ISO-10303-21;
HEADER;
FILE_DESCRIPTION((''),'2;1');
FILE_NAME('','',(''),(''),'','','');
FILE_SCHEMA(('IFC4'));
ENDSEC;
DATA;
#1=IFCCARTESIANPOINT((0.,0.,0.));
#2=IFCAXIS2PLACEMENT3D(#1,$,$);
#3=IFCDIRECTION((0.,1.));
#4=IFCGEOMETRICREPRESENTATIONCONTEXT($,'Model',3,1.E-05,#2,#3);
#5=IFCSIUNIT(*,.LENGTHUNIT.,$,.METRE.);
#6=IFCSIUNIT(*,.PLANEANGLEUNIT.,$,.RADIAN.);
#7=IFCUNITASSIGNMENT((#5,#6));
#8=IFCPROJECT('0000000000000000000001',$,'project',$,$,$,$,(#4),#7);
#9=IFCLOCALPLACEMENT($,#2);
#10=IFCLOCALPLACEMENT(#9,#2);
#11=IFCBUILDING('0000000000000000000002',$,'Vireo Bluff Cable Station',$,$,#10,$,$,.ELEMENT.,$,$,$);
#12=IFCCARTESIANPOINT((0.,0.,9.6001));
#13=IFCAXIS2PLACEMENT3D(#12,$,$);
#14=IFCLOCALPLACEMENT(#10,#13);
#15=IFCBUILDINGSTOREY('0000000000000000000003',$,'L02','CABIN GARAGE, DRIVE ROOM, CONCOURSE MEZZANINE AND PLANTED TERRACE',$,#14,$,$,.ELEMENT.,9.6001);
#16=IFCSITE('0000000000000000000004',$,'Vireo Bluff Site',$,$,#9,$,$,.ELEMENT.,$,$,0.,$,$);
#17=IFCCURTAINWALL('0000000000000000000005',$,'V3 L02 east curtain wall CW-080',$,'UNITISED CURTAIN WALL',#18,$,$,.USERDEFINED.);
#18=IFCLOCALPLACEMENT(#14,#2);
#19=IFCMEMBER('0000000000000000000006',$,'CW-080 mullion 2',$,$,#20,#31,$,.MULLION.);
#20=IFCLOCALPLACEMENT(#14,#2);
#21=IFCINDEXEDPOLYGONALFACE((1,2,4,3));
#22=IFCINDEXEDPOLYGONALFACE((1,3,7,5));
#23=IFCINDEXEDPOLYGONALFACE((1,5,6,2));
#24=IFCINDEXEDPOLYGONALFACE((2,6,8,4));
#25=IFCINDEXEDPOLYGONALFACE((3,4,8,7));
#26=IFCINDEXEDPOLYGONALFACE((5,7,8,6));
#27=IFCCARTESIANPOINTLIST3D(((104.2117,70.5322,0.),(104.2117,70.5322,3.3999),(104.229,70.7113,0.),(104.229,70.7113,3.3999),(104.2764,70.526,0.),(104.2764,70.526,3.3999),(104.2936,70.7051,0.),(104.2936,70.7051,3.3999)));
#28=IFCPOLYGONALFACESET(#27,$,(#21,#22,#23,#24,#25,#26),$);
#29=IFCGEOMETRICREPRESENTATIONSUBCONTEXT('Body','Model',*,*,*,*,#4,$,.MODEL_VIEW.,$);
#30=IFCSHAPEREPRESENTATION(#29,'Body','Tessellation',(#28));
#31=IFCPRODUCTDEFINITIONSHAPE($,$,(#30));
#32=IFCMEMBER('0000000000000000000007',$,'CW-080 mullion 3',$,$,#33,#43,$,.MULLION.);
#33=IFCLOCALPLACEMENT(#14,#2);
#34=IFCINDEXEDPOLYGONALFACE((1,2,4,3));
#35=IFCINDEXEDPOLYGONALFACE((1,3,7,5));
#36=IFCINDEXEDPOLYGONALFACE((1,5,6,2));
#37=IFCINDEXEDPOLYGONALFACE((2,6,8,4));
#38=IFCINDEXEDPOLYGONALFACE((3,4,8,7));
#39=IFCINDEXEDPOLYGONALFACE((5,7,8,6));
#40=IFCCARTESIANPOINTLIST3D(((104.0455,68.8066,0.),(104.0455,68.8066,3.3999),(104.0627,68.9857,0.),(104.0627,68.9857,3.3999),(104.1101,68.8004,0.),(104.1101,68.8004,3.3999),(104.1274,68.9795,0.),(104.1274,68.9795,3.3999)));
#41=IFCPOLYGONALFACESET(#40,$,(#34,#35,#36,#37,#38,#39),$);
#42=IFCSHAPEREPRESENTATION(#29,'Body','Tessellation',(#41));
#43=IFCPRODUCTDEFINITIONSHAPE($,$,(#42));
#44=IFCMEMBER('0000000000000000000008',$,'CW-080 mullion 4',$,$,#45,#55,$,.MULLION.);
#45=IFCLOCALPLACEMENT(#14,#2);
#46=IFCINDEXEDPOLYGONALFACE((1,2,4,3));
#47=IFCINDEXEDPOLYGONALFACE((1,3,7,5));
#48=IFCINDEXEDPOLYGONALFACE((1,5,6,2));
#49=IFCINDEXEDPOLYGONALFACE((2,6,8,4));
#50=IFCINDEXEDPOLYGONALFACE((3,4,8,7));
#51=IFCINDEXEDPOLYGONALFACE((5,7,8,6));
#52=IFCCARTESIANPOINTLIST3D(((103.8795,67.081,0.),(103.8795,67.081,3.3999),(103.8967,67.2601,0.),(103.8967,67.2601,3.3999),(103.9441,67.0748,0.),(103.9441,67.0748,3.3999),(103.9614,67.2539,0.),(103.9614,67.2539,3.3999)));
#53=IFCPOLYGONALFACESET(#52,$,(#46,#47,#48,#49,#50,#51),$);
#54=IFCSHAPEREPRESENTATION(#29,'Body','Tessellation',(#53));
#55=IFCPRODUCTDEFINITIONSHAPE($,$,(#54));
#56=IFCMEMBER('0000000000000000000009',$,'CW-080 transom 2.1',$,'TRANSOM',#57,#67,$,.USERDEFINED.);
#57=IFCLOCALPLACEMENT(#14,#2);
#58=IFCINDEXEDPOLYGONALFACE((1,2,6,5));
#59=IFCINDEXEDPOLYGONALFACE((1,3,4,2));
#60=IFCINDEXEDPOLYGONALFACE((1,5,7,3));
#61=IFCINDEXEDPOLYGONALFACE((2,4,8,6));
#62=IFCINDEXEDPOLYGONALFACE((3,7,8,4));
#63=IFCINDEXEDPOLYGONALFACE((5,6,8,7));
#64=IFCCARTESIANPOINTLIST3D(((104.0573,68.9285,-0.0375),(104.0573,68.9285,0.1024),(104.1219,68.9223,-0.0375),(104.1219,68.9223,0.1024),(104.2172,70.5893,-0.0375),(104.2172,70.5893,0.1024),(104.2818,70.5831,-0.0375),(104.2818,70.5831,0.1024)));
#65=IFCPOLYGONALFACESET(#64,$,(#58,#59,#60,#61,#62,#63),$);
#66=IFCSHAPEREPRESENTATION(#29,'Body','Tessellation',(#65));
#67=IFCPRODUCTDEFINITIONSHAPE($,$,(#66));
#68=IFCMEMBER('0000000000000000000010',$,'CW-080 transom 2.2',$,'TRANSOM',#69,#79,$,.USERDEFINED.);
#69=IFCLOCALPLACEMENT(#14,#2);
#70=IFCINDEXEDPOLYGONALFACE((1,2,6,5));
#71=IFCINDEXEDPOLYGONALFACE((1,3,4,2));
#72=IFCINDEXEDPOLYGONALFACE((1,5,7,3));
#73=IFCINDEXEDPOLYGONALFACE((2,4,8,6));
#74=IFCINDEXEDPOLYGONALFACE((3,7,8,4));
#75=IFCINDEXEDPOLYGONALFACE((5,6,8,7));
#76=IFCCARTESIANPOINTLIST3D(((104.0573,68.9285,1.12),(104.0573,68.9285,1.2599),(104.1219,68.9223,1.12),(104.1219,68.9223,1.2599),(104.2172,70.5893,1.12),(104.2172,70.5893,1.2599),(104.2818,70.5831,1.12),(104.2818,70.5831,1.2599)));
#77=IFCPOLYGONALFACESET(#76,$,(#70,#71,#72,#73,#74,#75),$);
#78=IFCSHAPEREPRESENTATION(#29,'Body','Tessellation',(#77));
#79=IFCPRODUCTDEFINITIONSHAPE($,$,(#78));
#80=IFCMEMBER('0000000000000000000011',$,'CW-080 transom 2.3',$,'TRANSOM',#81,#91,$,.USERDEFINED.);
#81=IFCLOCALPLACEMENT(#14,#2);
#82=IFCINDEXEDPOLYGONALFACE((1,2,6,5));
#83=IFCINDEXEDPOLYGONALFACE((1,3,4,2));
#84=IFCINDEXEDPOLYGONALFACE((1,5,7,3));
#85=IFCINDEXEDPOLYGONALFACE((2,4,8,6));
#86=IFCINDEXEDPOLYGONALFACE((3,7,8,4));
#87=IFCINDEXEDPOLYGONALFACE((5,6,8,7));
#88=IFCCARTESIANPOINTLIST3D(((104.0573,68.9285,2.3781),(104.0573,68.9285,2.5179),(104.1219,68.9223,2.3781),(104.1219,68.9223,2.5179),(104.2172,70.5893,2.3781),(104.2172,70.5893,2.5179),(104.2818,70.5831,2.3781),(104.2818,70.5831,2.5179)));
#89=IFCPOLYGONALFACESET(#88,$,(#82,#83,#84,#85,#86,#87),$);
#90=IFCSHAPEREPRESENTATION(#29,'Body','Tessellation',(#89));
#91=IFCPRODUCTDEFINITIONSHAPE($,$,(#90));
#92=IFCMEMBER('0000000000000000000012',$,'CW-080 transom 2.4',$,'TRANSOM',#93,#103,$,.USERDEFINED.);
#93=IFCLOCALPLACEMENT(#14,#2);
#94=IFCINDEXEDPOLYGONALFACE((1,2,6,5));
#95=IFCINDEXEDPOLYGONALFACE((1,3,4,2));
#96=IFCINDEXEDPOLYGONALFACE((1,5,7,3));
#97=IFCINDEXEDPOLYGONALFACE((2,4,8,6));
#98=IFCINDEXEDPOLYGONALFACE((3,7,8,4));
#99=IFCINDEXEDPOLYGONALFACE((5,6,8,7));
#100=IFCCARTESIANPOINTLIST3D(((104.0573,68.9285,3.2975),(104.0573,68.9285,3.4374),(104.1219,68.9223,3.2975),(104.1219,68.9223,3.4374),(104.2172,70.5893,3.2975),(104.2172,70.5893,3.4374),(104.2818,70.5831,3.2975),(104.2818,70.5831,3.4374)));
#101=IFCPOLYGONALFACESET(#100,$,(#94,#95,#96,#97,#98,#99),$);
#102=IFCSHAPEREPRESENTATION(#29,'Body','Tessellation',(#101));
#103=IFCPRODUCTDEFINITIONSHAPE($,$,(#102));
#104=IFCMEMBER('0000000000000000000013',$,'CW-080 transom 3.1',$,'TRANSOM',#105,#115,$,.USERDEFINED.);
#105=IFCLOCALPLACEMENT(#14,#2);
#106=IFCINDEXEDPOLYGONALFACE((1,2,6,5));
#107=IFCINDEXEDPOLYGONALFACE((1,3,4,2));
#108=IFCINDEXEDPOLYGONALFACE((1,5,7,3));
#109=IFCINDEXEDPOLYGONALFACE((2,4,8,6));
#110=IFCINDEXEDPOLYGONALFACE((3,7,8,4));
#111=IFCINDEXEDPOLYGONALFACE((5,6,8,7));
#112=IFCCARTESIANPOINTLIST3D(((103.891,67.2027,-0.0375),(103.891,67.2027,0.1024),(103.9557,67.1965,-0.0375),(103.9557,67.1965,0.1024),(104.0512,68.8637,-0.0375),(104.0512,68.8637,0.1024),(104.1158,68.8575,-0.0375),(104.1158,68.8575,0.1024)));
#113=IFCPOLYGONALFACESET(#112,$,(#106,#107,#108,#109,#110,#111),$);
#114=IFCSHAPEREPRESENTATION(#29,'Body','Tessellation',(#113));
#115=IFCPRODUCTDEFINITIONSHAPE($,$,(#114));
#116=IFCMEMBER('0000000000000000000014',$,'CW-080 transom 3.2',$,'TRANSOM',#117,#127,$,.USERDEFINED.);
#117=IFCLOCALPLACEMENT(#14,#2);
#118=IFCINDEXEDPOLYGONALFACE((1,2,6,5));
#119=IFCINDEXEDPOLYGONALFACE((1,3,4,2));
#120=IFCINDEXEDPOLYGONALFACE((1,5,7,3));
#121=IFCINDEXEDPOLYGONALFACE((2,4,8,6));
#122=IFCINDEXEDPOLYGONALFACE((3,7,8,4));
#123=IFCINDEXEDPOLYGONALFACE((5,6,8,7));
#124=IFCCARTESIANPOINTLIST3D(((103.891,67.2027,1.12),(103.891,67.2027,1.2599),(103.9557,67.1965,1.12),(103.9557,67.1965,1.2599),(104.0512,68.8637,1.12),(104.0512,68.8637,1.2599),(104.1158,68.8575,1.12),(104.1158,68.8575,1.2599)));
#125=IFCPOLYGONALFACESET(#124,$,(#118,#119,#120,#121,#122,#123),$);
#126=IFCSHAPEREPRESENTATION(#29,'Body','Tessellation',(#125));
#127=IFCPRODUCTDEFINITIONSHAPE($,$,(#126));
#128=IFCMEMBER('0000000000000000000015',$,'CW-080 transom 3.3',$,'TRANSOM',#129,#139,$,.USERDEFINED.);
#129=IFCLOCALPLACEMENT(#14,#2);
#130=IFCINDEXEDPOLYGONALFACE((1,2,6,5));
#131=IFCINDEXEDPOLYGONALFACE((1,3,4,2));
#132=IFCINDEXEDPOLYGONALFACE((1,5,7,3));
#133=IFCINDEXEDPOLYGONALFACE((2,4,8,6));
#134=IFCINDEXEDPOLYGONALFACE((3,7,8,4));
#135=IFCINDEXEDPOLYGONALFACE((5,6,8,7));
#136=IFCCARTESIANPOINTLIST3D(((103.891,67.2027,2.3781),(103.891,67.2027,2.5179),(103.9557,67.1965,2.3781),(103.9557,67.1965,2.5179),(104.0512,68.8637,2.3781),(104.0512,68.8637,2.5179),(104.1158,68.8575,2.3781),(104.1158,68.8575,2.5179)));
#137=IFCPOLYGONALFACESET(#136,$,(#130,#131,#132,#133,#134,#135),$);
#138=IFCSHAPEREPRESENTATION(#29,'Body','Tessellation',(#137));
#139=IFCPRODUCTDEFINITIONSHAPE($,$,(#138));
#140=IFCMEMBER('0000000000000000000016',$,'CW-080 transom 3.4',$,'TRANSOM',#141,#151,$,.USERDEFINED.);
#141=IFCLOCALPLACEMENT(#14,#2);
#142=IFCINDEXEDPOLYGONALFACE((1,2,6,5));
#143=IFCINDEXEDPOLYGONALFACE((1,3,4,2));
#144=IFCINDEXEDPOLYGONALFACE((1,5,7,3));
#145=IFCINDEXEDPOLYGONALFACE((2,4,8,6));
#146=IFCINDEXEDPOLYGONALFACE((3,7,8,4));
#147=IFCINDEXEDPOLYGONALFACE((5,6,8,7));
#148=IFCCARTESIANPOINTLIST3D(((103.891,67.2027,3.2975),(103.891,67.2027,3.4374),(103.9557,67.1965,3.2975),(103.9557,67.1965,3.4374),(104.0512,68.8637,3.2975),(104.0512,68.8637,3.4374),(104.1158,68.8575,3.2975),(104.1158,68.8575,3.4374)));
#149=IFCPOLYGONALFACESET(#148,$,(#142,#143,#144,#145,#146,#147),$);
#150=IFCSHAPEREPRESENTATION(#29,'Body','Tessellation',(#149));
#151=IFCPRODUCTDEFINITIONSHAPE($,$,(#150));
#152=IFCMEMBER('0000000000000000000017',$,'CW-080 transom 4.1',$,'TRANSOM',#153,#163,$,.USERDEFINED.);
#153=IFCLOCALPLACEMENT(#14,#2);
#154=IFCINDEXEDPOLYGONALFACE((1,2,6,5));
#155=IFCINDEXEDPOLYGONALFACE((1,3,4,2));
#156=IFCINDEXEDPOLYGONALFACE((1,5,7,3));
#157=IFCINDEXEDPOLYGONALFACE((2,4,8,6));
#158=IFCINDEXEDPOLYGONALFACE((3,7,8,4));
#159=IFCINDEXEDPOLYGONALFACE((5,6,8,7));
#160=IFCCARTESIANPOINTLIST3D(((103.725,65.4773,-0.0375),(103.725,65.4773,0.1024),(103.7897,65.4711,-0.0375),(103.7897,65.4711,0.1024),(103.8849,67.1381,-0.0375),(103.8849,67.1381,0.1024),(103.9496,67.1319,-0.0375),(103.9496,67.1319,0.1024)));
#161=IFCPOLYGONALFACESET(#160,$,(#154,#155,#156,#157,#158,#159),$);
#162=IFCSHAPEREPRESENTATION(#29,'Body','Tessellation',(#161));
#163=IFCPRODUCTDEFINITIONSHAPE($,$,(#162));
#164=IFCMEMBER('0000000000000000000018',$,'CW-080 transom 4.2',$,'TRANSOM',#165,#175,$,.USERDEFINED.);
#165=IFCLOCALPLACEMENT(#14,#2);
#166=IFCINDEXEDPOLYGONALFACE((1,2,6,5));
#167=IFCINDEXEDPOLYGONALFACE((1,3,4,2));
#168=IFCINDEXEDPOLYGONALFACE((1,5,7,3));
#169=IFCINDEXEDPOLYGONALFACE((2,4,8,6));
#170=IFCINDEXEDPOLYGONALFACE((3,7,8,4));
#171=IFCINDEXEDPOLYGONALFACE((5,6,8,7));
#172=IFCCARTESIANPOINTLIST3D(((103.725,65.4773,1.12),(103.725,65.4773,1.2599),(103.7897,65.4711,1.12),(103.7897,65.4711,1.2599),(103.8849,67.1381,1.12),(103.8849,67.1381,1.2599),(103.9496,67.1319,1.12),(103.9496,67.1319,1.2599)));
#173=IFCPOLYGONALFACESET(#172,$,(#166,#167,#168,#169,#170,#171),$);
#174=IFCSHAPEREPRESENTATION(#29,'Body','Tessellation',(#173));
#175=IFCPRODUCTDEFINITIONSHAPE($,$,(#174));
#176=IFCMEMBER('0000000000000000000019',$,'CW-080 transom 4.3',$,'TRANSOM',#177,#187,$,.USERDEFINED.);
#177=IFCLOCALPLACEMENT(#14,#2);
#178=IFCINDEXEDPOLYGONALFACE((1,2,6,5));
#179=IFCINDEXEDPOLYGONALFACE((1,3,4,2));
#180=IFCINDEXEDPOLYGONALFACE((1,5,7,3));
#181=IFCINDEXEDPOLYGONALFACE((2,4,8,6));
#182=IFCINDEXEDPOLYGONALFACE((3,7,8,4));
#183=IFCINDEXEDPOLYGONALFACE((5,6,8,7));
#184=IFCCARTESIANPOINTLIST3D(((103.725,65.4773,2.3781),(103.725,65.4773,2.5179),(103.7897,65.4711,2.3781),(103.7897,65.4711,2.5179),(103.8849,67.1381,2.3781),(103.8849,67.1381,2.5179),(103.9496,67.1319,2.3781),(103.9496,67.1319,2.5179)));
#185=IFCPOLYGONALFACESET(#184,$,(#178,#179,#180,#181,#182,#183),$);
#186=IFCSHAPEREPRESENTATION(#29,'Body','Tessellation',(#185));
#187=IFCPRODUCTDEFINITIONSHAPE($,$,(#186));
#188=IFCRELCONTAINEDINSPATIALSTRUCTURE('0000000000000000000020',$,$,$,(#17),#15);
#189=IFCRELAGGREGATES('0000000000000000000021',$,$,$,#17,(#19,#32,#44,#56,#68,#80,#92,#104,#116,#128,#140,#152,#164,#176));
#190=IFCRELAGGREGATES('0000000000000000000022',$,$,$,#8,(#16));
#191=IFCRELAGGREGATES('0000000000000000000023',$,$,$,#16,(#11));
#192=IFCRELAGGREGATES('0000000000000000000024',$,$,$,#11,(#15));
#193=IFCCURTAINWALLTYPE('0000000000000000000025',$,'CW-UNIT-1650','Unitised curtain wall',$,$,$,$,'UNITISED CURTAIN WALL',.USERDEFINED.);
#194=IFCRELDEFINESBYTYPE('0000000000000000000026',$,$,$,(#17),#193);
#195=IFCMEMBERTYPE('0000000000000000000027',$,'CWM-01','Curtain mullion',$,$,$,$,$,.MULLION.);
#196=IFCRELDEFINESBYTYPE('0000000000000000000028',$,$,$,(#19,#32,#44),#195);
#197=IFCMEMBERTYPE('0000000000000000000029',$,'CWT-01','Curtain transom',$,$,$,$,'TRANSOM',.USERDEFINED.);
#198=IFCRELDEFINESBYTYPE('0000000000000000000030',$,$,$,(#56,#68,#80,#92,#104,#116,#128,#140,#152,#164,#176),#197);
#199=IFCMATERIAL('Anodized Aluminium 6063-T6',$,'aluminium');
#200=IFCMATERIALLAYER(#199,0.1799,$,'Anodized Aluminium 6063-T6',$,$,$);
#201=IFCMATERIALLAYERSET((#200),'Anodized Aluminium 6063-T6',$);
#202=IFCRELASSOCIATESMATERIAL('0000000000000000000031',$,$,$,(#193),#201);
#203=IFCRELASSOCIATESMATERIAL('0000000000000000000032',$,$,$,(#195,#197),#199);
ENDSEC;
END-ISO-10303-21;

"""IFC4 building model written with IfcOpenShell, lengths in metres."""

from ifc_helpers import new_model, si_unit, direction, frame, origin, origin_2d, place, context, subcontext, project, spatial, rectangle, extrude, material, layer, layer_set, material_profile, profile_set, type_object, element, aggregate, save


model = new_model("IFC4")

# Units and contexts
model_context = context("Model", 3, precision=1e-05, world=origin(), true_north=direction((0.0, 1.0)))
body_context = subcontext(model_context, "Body", "Model", "MODEL_VIEW")
ifc_project = project(units=[si_unit("LENGTHUNIT", "METRE"), si_unit("PLANEANGLEUNIT", "RADIAN")], contexts=[model_context])

# Site, building, storey
site_placement = place(None, origin())
site = spatial("IfcSite", under=ifc_project, at=site_placement, Name="Vireo Bluff Site", CompositionType="ELEMENT", RefElevation=0.0)
building_placement = place(site_placement, origin())
building = spatial("IfcBuilding", under=site, at=building_placement, Name="Vireo Bluff Cable Station", CompositionType="ELEMENT")
storey_placement = place(building_placement, frame((0.0, 0.0, 9.6001)))
storey = spatial("IfcBuildingStorey", under=building, at=storey_placement, Name="L02", Description="CABIN GARAGE, DRIVE ROOM, CONCOURSE MEZZANINE AND PLANTED TERRACE", CompositionType="ELEMENT", Elevation=9.6001)

# Curtain wall, members
ifc_material_1 = material(Name="Anodized Aluminium 6063-T6", Category="aluminium")
ifc_layer_1 = layer(ifc_material_1, 0.1799, Name="Anodized Aluminium 6063-T6")
ifc_layer_set_1 = layer_set([ifc_layer_1], Name="Anodized Aluminium 6063-T6")
curtain_wall_type = type_object("IfcCurtainWallType", Name="CW-UNIT-1650", Description="Unitised curtain wall", ElementType="UNITISED CURTAIN WALL", PredefinedType="USERDEFINED", material=ifc_layer_set_1)
curtain_wall_placement = place(storey_placement, origin())
curtain_wall = element("IfcCurtainWall", 1, at=curtain_wall_placement, inside=storey, type_object=curtain_wall_type, Name="V3 L02 east curtain wall CW-080", ObjectType="UNITISED CURTAIN WALL", PredefinedType="USERDEFINED")
ifc_material_profile_1 = material_profile(ifc_material_1, rectangle(XDim=0.0649, YDim=0.1799, at=origin_2d()), Name="ALU-M-65X180")
ifc_profile_set_1 = profile_set([ifc_material_profile_1], Name="Anodized Aluminium 6063-T6")
member_type_1 = type_object("IfcMemberType", Name="CWM-01", Description="Curtain mullion", PredefinedType="MULLION", material=ifc_profile_set_1)
member_1_placement = place(storey_placement, frame((104.2527, 70.6187, 0.0), z_axis=(0.0, 0.0, 1.0), x_axis=(0.995396, -0.095846, 0.0)))
member_1 = element("IfcMember", 2, at=member_1_placement, type_object=member_type_1, Name="CW-080 mullion 2", PredefinedType="MULLION", context=body_context, shape_type="SweptSolid", body=[
    extrude(rectangle(XDim=0.0649, YDim=0.1799, at=origin_2d()), origin(), (0.0, 0.0, 1.0), 3.3999),
])
member_2_placement = place(storey_placement, frame((104.0864, 68.8931, 0.0), z_axis=(0.0, 0.0, 1.0), x_axis=(0.995396, -0.095846, 0.0)))
member_2 = element("IfcMember", 3, at=member_2_placement, type_object=member_type_1, Name="CW-080 mullion 3", PredefinedType="MULLION", context=body_context, shape_type="SweptSolid", body=[
    extrude(rectangle(XDim=0.0649, YDim=0.1799, at=origin_2d()), origin(), (0.0, 0.0, 1.0), 3.3999),
])
member_3_placement = place(storey_placement, frame((103.9204, 67.1675, 0.0), z_axis=(0.0, 0.0, 1.0), x_axis=(0.995396, -0.095846, 0.0)))
member_3 = element("IfcMember", 4, at=member_3_placement, type_object=member_type_1, Name="CW-080 mullion 4", PredefinedType="MULLION", context=body_context, shape_type="SweptSolid", body=[
    extrude(rectangle(XDim=0.0649, YDim=0.1799, at=origin_2d()), origin(), (0.0, 0.0, 1.0), 3.3999),
])
ifc_material_profile_2 = material_profile(ifc_material_1, rectangle(XDim=0.0649, YDim=0.1399, at=origin_2d()), Name="ALU-T-65X140")
ifc_profile_set_2 = profile_set([ifc_material_profile_2], Name="Anodized Aluminium 6063-T6")
member_type_2 = type_object("IfcMemberType", Name="CWT-01", Description="Curtain transom", ElementType="TRANSOM", PredefinedType="USERDEFINED", material=ifc_profile_set_2)
member_4_placement = place(storey_placement, frame((104.2495, 70.5862, 0.0325), z_axis=(-0.095838, -0.995397, 0.0), x_axis=(0.995397, -0.095838, 0.0)))
member_4 = element("IfcMember", 5, at=member_4_placement, type_object=member_type_2, Name="CW-080 transom 2.1", ObjectType="TRANSOM", PredefinedType="USERDEFINED", context=body_context, shape_type="SweptSolid", body=[
    extrude(rectangle(XDim=0.0649, YDim=0.1399, at=origin_2d()), origin(), (0.0, 0.0, 1.0), 1.6685),
])
member_5_placement = place(storey_placement, frame((104.2495, 70.5862, 1.1899), z_axis=(-0.095838, -0.995397, 0.0), x_axis=(0.995397, -0.095838, 0.0)))
member_5 = element("IfcMember", 6, at=member_5_placement, type_object=member_type_2, Name="CW-080 transom 2.2", ObjectType="TRANSOM", PredefinedType="USERDEFINED", context=body_context, shape_type="SweptSolid", body=[
    extrude(rectangle(XDim=0.0649, YDim=0.1399, at=origin_2d()), origin(), (0.0, 0.0, 1.0), 1.6685),
])
member_6_placement = place(storey_placement, frame((104.2495, 70.5862, 2.448), z_axis=(-0.095838, -0.995397, 0.0), x_axis=(0.995397, -0.095838, 0.0)))
member_6 = element("IfcMember", 7, at=member_6_placement, type_object=member_type_2, Name="CW-080 transom 2.3", ObjectType="TRANSOM", PredefinedType="USERDEFINED", context=body_context, shape_type="SweptSolid", body=[
    extrude(rectangle(XDim=0.0649, YDim=0.1399, at=origin_2d()), origin(), (0.0, 0.0, 1.0), 1.6685),
])
member_7_placement = place(storey_placement, frame((104.2495, 70.5862, 3.3674), z_axis=(-0.095838, -0.995397, 0.0), x_axis=(0.995397, -0.095838, 0.0)))
member_7 = element("IfcMember", 8, at=member_7_placement, type_object=member_type_2, Name="CW-080 transom 2.4", ObjectType="TRANSOM", PredefinedType="USERDEFINED", context=body_context, shape_type="SweptSolid", body=[
    extrude(rectangle(XDim=0.0649, YDim=0.1399, at=origin_2d()), origin(), (0.0, 0.0, 1.0), 1.6685),
])
member_8_placement = place(storey_placement, frame((104.0835, 68.8606, 0.0325), z_axis=(-0.095983, -0.995383, 0.0), x_axis=(0.995383, -0.095983, 0.0)))
member_8 = element("IfcMember", 9, at=member_8_placement, type_object=member_type_2, Name="CW-080 transom 3.1", ObjectType="TRANSOM", PredefinedType="USERDEFINED", context=body_context, shape_type="SweptSolid", body=[
    extrude(rectangle(XDim=0.0649, YDim=0.1399, at=origin_2d()), origin(), (0.0, 0.0, 1.0), 1.6687),
])
member_9_placement = place(storey_placement, frame((104.0835, 68.8606, 1.1899), z_axis=(-0.095983, -0.995383, 0.0), x_axis=(0.995383, -0.095983, 0.0)))
member_9 = element("IfcMember", 10, at=member_9_placement, type_object=member_type_2, Name="CW-080 transom 3.2", ObjectType="TRANSOM", PredefinedType="USERDEFINED", context=body_context, shape_type="SweptSolid", body=[
    extrude(rectangle(XDim=0.0649, YDim=0.1399, at=origin_2d()), origin(), (0.0, 0.0, 1.0), 1.6687),
])
member_10_placement = place(storey_placement, frame((104.0835, 68.8606, 2.448), z_axis=(-0.095983, -0.995383, 0.0), x_axis=(0.995383, -0.095983, 0.0)))
member_10 = element("IfcMember", 11, at=member_10_placement, type_object=member_type_2, Name="CW-080 transom 3.3", ObjectType="TRANSOM", PredefinedType="USERDEFINED", context=body_context, shape_type="SweptSolid", body=[
    extrude(rectangle(XDim=0.0649, YDim=0.1399, at=origin_2d()), origin(), (0.0, 0.0, 1.0), 1.6687),
])
member_11_placement = place(storey_placement, frame((104.0835, 68.8606, 3.3674), z_axis=(-0.095983, -0.995383, 0.0), x_axis=(0.995383, -0.095983, 0.0)))
member_11 = element("IfcMember", 12, at=member_11_placement, type_object=member_type_2, Name="CW-080 transom 3.4", ObjectType="TRANSOM", PredefinedType="USERDEFINED", context=body_context, shape_type="SweptSolid", body=[
    extrude(rectangle(XDim=0.0649, YDim=0.1399, at=origin_2d()), origin(), (0.0, 0.0, 1.0), 1.6687),
])
member_12_placement = place(storey_placement, frame((103.9172, 67.135, 0.0325), z_axis=(-0.095838, -0.995397, 0.0), x_axis=(0.995397, -0.095838, 0.0)))
member_12 = element("IfcMember", 13, at=member_12_placement, type_object=member_type_2, Name="CW-080 transom 4.1", ObjectType="TRANSOM", PredefinedType="USERDEFINED", context=body_context, shape_type="SweptSolid", body=[
    extrude(rectangle(XDim=0.0649, YDim=0.1399, at=origin_2d()), origin(), (0.0, 0.0, 1.0), 1.6685),
])
member_13_placement = place(storey_placement, frame((103.9172, 67.135, 1.1899), z_axis=(-0.095838, -0.995397, 0.0), x_axis=(0.995397, -0.095838, 0.0)))
member_13 = element("IfcMember", 14, at=member_13_placement, type_object=member_type_2, Name="CW-080 transom 4.2", ObjectType="TRANSOM", PredefinedType="USERDEFINED", context=body_context, shape_type="SweptSolid", body=[
    extrude(rectangle(XDim=0.0649, YDim=0.1399, at=origin_2d()), origin(), (0.0, 0.0, 1.0), 1.6685),
])
member_14_placement = place(storey_placement, frame((103.9172, 67.135, 2.448), z_axis=(-0.095838, -0.995397, 0.0), x_axis=(0.995397, -0.095838, 0.0)))
member_14 = element("IfcMember", 15, at=member_14_placement, type_object=member_type_2, Name="CW-080 transom 4.3", ObjectType="TRANSOM", PredefinedType="USERDEFINED", context=body_context, shape_type="SweptSolid", body=[
    extrude(rectangle(XDim=0.0649, YDim=0.1399, at=origin_2d()), origin(), (0.0, 0.0, 1.0), 1.6685),
])
aggregate(curtain_wall, [member_1, member_2, member_3, member_4, member_5, member_6, member_7, member_8, member_9, member_10, member_11, member_12, member_13, member_14])

save(model, "model.ifc")
